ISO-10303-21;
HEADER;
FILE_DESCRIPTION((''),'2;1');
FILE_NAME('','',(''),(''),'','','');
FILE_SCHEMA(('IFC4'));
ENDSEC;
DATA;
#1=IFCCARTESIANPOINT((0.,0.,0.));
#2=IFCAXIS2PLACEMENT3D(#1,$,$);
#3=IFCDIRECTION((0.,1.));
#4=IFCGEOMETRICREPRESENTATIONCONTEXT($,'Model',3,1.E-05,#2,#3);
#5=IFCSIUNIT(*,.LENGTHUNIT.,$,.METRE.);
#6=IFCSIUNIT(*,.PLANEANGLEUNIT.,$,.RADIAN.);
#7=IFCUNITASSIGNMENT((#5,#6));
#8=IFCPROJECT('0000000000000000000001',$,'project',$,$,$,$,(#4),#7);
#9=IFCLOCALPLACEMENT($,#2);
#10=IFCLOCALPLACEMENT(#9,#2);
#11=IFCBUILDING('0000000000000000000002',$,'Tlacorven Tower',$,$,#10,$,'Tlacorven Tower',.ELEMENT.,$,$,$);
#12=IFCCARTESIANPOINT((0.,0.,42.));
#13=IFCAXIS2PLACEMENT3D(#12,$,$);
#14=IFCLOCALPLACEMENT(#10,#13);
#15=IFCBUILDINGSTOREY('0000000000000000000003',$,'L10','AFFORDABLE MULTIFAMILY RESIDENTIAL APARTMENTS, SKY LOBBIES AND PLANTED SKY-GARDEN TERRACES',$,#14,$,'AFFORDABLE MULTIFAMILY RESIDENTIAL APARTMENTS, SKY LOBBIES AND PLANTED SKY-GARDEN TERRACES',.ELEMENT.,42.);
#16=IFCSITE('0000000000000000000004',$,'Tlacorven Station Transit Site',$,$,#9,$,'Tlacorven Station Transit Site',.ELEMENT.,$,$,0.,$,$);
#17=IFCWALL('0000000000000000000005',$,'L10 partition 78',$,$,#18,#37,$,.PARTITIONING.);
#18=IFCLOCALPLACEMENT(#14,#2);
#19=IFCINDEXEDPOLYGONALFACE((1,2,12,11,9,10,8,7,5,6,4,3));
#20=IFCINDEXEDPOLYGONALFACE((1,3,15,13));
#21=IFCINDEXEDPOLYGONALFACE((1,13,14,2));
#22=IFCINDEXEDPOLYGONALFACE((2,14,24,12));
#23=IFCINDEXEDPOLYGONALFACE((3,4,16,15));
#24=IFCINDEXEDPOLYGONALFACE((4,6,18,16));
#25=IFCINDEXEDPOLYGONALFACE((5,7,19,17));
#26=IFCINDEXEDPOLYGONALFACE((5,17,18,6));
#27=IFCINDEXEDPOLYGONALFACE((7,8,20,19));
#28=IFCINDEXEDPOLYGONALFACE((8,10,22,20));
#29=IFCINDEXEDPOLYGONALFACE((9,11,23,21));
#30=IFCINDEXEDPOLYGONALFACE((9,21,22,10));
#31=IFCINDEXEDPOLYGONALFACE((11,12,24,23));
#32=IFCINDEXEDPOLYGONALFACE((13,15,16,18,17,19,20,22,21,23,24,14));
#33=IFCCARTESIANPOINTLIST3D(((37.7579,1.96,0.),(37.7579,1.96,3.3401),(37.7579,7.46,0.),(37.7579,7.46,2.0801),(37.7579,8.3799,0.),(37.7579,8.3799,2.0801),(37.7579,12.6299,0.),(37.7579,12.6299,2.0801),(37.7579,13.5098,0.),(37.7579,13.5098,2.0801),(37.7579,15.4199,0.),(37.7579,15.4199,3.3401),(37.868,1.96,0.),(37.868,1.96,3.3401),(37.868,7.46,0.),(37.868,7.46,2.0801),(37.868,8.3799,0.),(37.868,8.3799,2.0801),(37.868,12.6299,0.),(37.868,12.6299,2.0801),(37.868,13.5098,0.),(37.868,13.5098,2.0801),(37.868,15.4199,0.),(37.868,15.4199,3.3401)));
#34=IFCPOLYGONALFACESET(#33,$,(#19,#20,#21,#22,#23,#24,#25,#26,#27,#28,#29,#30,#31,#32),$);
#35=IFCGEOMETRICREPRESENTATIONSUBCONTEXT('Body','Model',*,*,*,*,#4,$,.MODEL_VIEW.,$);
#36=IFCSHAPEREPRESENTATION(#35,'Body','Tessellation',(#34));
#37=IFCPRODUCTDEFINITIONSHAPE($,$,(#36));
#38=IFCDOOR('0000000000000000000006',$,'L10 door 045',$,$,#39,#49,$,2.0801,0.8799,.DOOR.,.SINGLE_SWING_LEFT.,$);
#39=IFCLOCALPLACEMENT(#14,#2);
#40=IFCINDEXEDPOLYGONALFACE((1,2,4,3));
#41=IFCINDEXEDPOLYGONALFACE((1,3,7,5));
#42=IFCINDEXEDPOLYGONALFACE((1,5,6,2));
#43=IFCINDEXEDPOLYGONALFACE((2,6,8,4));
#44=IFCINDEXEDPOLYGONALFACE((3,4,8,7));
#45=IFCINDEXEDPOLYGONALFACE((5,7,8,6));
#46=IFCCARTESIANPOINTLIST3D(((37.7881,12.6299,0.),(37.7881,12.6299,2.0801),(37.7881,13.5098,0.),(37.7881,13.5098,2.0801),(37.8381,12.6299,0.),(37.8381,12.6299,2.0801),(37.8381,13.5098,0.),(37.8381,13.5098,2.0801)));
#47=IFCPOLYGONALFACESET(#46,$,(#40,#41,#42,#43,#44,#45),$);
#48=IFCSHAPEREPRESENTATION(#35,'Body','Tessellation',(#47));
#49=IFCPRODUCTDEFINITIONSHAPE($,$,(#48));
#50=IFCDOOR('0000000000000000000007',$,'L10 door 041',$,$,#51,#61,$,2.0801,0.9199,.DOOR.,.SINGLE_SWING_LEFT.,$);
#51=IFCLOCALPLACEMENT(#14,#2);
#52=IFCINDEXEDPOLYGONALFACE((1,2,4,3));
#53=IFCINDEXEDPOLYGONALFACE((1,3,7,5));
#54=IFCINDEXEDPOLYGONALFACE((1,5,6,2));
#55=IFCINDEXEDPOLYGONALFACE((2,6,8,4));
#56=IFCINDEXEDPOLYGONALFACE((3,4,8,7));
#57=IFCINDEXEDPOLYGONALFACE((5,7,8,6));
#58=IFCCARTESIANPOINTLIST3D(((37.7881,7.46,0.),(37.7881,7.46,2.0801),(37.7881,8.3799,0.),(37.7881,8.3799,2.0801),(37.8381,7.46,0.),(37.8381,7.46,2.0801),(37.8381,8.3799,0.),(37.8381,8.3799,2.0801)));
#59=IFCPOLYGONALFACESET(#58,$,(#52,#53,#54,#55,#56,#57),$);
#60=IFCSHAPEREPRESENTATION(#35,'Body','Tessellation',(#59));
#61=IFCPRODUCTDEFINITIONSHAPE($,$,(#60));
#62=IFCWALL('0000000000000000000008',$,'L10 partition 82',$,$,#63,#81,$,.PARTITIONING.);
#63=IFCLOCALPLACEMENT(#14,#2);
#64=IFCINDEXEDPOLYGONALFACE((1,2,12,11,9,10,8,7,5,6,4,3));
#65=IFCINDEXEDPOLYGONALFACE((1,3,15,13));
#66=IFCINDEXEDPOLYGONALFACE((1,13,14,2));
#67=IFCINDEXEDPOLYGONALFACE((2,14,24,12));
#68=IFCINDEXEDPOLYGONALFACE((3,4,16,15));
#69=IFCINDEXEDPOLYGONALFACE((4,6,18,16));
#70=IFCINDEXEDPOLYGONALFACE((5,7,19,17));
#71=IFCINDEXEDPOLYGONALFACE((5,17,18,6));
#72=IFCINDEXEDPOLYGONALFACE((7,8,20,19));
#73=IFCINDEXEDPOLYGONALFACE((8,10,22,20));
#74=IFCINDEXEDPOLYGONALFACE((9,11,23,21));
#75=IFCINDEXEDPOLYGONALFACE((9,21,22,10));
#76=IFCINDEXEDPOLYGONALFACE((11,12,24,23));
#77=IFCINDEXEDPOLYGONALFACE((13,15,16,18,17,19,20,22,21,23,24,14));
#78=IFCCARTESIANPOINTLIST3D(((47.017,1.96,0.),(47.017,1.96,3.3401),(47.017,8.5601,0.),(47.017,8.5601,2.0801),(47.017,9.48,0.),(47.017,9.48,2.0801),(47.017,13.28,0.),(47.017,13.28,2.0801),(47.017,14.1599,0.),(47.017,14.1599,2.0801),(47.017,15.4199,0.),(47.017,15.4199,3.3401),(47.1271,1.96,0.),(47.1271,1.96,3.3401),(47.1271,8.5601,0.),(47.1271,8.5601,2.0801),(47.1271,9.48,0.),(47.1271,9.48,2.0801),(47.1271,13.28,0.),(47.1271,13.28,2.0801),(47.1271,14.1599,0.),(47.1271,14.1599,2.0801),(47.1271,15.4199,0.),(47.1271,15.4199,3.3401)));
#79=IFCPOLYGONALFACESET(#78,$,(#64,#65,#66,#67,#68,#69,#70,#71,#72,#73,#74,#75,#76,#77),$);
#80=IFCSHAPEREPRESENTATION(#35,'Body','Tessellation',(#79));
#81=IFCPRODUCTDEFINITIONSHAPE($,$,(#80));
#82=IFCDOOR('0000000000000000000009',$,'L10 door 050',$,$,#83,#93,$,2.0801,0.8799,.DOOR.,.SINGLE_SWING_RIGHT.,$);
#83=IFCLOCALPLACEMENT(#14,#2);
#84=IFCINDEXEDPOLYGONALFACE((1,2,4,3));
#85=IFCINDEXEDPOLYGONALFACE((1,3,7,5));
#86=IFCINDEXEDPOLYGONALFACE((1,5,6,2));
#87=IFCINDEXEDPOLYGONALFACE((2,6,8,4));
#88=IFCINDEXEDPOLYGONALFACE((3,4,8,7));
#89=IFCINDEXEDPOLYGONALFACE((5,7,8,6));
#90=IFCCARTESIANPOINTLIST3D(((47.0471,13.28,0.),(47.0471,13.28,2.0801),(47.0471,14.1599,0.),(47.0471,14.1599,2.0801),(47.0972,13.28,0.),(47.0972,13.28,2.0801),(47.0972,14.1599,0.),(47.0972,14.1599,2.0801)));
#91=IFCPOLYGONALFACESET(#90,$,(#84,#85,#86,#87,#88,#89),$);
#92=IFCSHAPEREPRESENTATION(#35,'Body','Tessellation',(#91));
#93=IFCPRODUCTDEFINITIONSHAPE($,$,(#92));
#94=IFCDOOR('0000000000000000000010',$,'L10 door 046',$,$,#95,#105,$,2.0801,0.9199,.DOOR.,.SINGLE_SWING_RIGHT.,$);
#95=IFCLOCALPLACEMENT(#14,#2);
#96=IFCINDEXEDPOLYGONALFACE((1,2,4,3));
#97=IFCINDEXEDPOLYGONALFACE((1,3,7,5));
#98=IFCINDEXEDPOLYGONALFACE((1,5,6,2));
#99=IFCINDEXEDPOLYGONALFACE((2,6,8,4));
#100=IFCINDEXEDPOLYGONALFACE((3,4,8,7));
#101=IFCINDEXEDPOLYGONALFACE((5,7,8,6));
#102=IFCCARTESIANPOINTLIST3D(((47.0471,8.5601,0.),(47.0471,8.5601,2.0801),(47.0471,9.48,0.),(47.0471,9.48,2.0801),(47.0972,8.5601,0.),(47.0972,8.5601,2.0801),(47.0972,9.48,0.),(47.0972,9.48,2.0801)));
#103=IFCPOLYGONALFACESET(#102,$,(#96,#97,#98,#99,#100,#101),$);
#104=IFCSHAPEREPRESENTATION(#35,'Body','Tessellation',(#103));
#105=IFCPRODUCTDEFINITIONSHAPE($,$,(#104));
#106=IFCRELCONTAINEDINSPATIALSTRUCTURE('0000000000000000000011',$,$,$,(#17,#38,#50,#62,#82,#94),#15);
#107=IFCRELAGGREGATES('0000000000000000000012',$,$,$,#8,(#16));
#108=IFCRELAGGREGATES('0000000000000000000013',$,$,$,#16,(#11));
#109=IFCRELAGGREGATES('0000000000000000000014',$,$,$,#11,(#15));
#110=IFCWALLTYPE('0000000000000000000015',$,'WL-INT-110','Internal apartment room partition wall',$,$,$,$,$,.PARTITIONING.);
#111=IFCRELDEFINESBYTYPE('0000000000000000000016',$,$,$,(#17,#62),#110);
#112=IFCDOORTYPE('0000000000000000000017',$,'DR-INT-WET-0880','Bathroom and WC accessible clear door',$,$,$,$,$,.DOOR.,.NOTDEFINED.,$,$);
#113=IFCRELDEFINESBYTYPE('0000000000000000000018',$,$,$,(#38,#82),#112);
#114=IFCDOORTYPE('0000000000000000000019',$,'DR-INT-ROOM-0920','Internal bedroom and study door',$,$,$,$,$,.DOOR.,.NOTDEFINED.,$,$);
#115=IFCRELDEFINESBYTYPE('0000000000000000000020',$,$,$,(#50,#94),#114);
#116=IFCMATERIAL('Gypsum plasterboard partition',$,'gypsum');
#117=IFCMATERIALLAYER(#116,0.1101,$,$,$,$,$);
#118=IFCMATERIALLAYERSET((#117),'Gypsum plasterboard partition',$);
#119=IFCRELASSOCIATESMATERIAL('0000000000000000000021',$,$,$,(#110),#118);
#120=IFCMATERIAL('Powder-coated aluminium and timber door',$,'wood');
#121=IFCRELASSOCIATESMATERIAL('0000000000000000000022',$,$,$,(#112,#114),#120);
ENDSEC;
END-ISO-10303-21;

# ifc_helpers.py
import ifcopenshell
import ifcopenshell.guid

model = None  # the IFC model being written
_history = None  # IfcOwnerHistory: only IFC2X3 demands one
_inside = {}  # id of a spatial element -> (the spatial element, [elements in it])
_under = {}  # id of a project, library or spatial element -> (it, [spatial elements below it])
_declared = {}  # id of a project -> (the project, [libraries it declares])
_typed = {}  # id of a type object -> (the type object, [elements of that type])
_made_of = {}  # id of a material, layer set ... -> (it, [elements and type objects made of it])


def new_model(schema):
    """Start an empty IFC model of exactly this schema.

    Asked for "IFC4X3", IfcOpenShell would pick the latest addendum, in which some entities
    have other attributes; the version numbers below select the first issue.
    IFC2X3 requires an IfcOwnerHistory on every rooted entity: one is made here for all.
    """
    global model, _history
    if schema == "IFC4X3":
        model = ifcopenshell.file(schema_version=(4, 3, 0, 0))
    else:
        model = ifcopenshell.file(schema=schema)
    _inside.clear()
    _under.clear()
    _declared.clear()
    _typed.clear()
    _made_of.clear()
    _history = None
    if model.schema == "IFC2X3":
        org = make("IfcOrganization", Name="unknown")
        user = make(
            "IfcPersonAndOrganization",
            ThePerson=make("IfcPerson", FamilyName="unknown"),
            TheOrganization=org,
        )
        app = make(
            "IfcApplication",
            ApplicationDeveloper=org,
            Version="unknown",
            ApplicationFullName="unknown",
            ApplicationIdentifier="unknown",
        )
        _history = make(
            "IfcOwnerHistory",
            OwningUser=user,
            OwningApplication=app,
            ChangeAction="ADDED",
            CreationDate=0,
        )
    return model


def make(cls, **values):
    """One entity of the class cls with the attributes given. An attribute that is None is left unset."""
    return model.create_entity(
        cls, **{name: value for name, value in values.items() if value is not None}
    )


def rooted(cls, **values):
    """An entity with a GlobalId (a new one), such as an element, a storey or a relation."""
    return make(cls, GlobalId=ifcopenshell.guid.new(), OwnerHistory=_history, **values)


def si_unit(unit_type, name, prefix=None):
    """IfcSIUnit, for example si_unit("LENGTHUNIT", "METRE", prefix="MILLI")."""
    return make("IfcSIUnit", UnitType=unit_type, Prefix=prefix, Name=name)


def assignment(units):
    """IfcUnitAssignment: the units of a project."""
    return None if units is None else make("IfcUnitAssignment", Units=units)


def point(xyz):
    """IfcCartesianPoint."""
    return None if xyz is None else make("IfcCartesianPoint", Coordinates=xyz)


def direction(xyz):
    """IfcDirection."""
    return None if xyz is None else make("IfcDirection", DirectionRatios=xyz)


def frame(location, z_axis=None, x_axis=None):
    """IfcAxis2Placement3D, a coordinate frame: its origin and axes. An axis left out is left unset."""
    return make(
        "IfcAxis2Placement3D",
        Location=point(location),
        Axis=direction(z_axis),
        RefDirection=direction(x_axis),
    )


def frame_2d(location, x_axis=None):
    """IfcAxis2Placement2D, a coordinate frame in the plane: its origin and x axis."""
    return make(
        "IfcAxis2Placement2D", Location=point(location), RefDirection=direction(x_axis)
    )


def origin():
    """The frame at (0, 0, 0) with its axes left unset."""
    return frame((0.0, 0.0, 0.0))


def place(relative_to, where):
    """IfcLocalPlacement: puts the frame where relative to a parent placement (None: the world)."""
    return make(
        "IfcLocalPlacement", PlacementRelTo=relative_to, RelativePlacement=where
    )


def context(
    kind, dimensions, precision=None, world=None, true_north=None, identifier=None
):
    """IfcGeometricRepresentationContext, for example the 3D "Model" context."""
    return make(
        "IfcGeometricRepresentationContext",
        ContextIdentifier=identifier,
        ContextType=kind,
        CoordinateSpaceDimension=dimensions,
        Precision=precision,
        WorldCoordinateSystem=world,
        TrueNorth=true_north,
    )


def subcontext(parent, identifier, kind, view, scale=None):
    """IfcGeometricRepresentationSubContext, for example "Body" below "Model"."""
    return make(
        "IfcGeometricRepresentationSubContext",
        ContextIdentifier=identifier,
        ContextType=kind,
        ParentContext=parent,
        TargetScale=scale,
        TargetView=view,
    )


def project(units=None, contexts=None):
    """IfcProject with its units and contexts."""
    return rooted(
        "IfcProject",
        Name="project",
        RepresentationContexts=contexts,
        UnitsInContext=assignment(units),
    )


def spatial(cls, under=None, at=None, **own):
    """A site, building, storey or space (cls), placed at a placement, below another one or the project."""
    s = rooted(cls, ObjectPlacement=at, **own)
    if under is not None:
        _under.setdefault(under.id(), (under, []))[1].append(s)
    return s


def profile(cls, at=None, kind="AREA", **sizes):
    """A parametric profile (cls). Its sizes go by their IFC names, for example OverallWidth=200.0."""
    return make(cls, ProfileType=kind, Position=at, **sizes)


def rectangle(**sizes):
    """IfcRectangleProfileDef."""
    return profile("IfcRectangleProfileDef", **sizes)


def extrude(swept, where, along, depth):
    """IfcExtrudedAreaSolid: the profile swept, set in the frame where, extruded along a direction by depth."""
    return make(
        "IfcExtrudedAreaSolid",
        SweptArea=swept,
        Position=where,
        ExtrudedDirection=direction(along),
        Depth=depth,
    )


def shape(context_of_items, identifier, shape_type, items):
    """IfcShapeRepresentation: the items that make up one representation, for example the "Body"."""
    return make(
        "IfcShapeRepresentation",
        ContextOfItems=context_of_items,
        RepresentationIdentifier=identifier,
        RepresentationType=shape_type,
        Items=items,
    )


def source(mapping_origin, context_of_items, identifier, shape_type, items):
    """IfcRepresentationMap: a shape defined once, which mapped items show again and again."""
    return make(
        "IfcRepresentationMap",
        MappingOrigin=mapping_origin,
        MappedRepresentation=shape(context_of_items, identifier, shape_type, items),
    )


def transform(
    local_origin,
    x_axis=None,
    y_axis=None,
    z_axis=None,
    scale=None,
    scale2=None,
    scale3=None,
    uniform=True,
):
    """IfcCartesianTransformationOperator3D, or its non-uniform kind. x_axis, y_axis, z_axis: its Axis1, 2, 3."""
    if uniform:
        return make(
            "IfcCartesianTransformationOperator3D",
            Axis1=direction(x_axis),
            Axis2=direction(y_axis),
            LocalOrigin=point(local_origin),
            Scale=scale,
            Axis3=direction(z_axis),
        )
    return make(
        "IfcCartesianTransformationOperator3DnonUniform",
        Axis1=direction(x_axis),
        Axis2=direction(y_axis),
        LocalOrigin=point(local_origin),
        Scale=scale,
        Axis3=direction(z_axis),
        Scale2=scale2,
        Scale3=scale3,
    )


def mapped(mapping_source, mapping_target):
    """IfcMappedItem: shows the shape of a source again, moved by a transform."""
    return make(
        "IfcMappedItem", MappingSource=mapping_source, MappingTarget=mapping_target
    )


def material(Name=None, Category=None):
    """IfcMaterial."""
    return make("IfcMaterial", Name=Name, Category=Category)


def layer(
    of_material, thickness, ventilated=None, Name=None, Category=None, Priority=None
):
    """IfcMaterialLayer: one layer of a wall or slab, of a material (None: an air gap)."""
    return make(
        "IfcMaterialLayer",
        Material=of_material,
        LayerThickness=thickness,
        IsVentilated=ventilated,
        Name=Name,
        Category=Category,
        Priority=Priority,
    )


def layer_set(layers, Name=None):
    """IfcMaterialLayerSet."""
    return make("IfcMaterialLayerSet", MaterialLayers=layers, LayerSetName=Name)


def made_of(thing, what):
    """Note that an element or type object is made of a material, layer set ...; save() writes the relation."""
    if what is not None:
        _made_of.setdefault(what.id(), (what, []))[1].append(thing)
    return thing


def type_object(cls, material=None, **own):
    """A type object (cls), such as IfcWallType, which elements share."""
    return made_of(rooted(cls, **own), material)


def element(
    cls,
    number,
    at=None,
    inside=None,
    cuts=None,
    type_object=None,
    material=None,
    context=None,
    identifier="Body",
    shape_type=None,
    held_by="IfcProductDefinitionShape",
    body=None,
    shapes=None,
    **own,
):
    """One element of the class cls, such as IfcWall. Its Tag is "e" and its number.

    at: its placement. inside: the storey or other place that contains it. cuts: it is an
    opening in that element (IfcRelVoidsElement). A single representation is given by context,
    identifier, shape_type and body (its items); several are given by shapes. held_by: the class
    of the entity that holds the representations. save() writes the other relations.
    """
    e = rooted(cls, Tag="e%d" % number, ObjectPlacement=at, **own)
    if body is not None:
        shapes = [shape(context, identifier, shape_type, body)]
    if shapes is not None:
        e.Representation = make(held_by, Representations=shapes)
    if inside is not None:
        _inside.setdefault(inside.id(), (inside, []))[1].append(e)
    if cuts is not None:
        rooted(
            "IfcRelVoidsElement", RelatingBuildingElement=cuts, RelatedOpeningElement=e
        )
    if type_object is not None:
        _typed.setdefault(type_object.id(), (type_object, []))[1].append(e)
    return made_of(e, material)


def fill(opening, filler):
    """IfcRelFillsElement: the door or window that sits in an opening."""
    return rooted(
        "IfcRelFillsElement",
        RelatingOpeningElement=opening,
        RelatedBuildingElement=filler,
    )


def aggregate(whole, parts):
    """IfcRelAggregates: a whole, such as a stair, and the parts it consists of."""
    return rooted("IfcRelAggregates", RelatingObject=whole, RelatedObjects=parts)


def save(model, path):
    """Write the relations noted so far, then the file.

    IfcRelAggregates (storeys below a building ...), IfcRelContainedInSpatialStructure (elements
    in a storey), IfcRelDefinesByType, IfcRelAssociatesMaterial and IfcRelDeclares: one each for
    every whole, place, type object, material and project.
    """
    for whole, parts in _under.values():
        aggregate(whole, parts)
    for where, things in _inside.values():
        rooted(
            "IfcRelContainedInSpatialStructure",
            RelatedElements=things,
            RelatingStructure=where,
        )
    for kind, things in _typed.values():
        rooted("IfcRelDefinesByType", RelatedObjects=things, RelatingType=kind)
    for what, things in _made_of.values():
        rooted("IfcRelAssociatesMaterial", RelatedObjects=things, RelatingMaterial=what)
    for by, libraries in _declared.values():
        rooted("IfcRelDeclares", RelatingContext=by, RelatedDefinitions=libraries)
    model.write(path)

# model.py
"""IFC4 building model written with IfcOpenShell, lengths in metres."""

from ifc_helpers import new_model, si_unit, direction, frame, frame_2d, origin, place, context, subcontext, project, spatial, rectangle, extrude, source, transform, mapped, material, layer, layer_set, type_object, element, fill, save


model = new_model("IFC4")

# Units and contexts
model_context = context("Model", 3, precision=1e-05, world=origin(), true_north=direction((0.0, 1.0)))
body_context = subcontext(model_context, "Body", "Model", "MODEL_VIEW")
ifc_project = project(units=[si_unit("LENGTHUNIT", "METRE"), si_unit("PLANEANGLEUNIT", "RADIAN")], contexts=[model_context])

# Site, building, storey
site_placement = place(None, origin())
site = spatial("IfcSite", under=ifc_project, at=site_placement, Name="Tlacorven Station Transit Site", LongName="Tlacorven Station Transit Site", CompositionType="ELEMENT", RefElevation=0.0)
building_placement = place(site_placement, origin())
building = spatial("IfcBuilding", under=site, at=building_placement, Name="Tlacorven Tower", LongName="Tlacorven Tower", CompositionType="ELEMENT")
storey_placement = place(building_placement, frame((0.0, 0.0, 42.0)))
storey = spatial("IfcBuildingStorey", under=building, at=storey_placement, Name="L10", Description="AFFORDABLE MULTIFAMILY RESIDENTIAL APARTMENTS, SKY LOBBIES AND PLANTED SKY-GARDEN TERRACES", LongName="AFFORDABLE MULTIFAMILY RESIDENTIAL APARTMENTS, SKY LOBBIES AND PLANTED SKY-GARDEN TERRACES", CompositionType="ELEMENT", Elevation=42.0)

# Walls, openings, doors
ifc_material_1 = material(Name="Gypsum plasterboard partition", Category="gypsum")
ifc_layer_1 = layer(ifc_material_1, 0.1101)
ifc_layer_set_1 = layer_set([ifc_layer_1], Name="Gypsum plasterboard partition")
wall_type_1 = type_object("IfcWallType", Name="WL-INT-110", Description="Internal apartment room partition wall", PredefinedType="PARTITIONING", material=ifc_layer_set_1)
wall_1_placement = place(storey_placement, frame((37.813, 1.96, 0.0), z_axis=(0.0, 0.0, 1.0), x_axis=(0.0, 1.0, 0.0)))
wall_1 = element("IfcWall", 1, at=wall_1_placement, inside=storey, type_object=wall_type_1, Name="L10 partition 78", PredefinedType="PARTITIONING", context=body_context, shape_type="SweptSolid", body=[
    extrude(rectangle(XDim=13.46, YDim=0.1101, at=frame_2d((6.73, 0.0))), origin(), (0.0, 0.0, 1.0), 3.3401),
])
opening_1_placement = place(wall_1_placement, frame((5.5, 0.0, 0.0)))
opening_1 = element("IfcOpeningElement", 2, at=opening_1_placement, cuts=wall_1, PredefinedType="OPENING", context=body_context, shape_type="SweptSolid", body=[
    extrude(rectangle(XDim=0.9199, YDim=2.0801, at=frame_2d((0.46, 1.04))), frame((0.0, 0.0649, 0.0), z_axis=(0.0, -1.0, 0.0), x_axis=(1.0, 0.0, 0.0)), (0.0, 0.0, 1.0), 0.1301),
])
opening_2_placement = place(wall_1_placement, frame((10.6699, 0.0, 0.0)))
opening_2 = element("IfcOpeningElement", 3, at=opening_2_placement, cuts=wall_1, PredefinedType="OPENING", context=body_context, shape_type="SweptSolid", body=[
    extrude(rectangle(XDim=0.8799, YDim=2.0801, at=frame_2d((0.4399, 1.04))), frame((0.0, 0.0649, 0.0), z_axis=(0.0, -1.0, 0.0), x_axis=(1.0, 0.0, 0.0)), (0.0, 0.0, 1.0), 0.1301),
])
ifc_material_2 = material(Name="Powder-coated aluminium and timber door", Category="wood")
door_type_1 = type_object("IfcDoorType", Name="DR-INT-WET-0880", Description="Bathroom and WC accessible clear door", OperationType="NOTDEFINED", PredefinedType="DOOR", material=ifc_material_2)
shared_shape_1 = source(origin(), body_context, "Body", "SweptSolid", [
    extrude(rectangle(XDim=0.8799, YDim=2.0801, at=frame_2d((0.4399, 1.04))), frame((0.0, 0.0249, 0.0), z_axis=(0.0, -1.0, 0.0), x_axis=(1.0, 0.0, 0.0)), (0.0, 0.0, 1.0), 0.05),
])
door_1_placement = place(opening_2_placement, origin())
door_1 = element("IfcDoor", 4, at=door_1_placement, inside=storey, type_object=door_type_1, Name="L10 door 045", OperationType="SINGLE_SWING_LEFT", OverallHeight=2.0801, OverallWidth=0.8799, PredefinedType="DOOR", context=body_context, shape_type="MappedRepresentation", body=[
    mapped(shared_shape_1, transform((0.0, 0.0, 0.0), scale=1.0)),
])
fill(opening_2, door_1)
door_type_2 = type_object("IfcDoorType", Name="DR-INT-ROOM-0920", Description="Internal bedroom and study door", OperationType="NOTDEFINED", PredefinedType="DOOR", material=ifc_material_2)
shared_shape_2 = source(origin(), body_context, "Body", "SweptSolid", [
    extrude(rectangle(XDim=0.9199, YDim=2.0801, at=frame_2d((0.46, 1.04))), frame((0.0, 0.0249, 0.0), z_axis=(0.0, -1.0, 0.0), x_axis=(1.0, 0.0, 0.0)), (0.0, 0.0, 1.0), 0.05),
])
door_2_placement = place(opening_1_placement, origin())
door_2 = element("IfcDoor", 5, at=door_2_placement, inside=storey, type_object=door_type_2, Name="L10 door 041", OperationType="SINGLE_SWING_LEFT", OverallHeight=2.0801, OverallWidth=0.9199, PredefinedType="DOOR", context=body_context, shape_type="MappedRepresentation", body=[
    mapped(shared_shape_2, transform((0.0, 0.0, 0.0), scale=1.0)),
])
fill(opening_1, door_2)
wall_2_placement = place(storey_placement, frame((47.072, 1.96, 0.0), z_axis=(0.0, 0.0, 1.0), x_axis=(0.0, 1.0, 0.0)))
wall_2 = element("IfcWall", 6, at=wall_2_placement, inside=storey, type_object=wall_type_1, Name="L10 partition 82", PredefinedType="PARTITIONING", context=body_context, shape_type="SweptSolid", body=[
    extrude(rectangle(XDim=13.46, YDim=0.1101, at=frame_2d((6.73, 0.0))), origin(), (0.0, 0.0, 1.0), 3.3401),
])
opening_3_placement = place(wall_2_placement, frame((6.6001, 0.0, 0.0)))
opening_3 = element("IfcOpeningElement", 7, at=opening_3_placement, cuts=wall_2, PredefinedType="OPENING", context=body_context, shape_type="SweptSolid", body=[
    extrude(rectangle(XDim=0.9199, YDim=2.0801, at=frame_2d((0.46, 1.04))), frame((0.0, 0.0649, 0.0), z_axis=(0.0, -1.0, 0.0), x_axis=(1.0, 0.0, 0.0)), (0.0, 0.0, 1.0), 0.1301),
])
opening_4_placement = place(wall_2_placement, frame((11.3201, 0.0, 0.0)))
opening_4 = element("IfcOpeningElement", 8, at=opening_4_placement, cuts=wall_2, PredefinedType="OPENING", context=body_context, shape_type="SweptSolid", body=[
    extrude(rectangle(XDim=0.8799, YDim=2.0801, at=frame_2d((0.4399, 1.04))), frame((0.0, 0.0649, 0.0), z_axis=(0.0, -1.0, 0.0), x_axis=(1.0, 0.0, 0.0)), (0.0, 0.0, 1.0), 0.1301),
])
door_3_placement = place(opening_4_placement, origin())
door_3 = element("IfcDoor", 9, at=door_3_placement, inside=storey, type_object=door_type_1, Name="L10 door 050", OperationType="SINGLE_SWING_RIGHT", OverallHeight=2.0801, OverallWidth=0.8799, PredefinedType="DOOR", context=body_context, shape_type="MappedRepresentation", body=[
    mapped(shared_shape_1, transform((0.0, 0.0, 0.0), scale=1.0)),
])
fill(opening_4, door_3)
door_4_placement = place(opening_3_placement, origin())
door_4 = element("IfcDoor", 10, at=door_4_placement, inside=storey, type_object=door_type_2, Name="L10 door 046", OperationType="SINGLE_SWING_RIGHT", OverallHeight=2.0801, OverallWidth=0.9199, PredefinedType="DOOR", context=body_context, shape_type="MappedRepresentation", body=[
    mapped(shared_shape_2, transform((0.0, 0.0, 0.0), scale=1.0)),
])
fill(opening_3, door_4)

save(model, "model.ifc")
